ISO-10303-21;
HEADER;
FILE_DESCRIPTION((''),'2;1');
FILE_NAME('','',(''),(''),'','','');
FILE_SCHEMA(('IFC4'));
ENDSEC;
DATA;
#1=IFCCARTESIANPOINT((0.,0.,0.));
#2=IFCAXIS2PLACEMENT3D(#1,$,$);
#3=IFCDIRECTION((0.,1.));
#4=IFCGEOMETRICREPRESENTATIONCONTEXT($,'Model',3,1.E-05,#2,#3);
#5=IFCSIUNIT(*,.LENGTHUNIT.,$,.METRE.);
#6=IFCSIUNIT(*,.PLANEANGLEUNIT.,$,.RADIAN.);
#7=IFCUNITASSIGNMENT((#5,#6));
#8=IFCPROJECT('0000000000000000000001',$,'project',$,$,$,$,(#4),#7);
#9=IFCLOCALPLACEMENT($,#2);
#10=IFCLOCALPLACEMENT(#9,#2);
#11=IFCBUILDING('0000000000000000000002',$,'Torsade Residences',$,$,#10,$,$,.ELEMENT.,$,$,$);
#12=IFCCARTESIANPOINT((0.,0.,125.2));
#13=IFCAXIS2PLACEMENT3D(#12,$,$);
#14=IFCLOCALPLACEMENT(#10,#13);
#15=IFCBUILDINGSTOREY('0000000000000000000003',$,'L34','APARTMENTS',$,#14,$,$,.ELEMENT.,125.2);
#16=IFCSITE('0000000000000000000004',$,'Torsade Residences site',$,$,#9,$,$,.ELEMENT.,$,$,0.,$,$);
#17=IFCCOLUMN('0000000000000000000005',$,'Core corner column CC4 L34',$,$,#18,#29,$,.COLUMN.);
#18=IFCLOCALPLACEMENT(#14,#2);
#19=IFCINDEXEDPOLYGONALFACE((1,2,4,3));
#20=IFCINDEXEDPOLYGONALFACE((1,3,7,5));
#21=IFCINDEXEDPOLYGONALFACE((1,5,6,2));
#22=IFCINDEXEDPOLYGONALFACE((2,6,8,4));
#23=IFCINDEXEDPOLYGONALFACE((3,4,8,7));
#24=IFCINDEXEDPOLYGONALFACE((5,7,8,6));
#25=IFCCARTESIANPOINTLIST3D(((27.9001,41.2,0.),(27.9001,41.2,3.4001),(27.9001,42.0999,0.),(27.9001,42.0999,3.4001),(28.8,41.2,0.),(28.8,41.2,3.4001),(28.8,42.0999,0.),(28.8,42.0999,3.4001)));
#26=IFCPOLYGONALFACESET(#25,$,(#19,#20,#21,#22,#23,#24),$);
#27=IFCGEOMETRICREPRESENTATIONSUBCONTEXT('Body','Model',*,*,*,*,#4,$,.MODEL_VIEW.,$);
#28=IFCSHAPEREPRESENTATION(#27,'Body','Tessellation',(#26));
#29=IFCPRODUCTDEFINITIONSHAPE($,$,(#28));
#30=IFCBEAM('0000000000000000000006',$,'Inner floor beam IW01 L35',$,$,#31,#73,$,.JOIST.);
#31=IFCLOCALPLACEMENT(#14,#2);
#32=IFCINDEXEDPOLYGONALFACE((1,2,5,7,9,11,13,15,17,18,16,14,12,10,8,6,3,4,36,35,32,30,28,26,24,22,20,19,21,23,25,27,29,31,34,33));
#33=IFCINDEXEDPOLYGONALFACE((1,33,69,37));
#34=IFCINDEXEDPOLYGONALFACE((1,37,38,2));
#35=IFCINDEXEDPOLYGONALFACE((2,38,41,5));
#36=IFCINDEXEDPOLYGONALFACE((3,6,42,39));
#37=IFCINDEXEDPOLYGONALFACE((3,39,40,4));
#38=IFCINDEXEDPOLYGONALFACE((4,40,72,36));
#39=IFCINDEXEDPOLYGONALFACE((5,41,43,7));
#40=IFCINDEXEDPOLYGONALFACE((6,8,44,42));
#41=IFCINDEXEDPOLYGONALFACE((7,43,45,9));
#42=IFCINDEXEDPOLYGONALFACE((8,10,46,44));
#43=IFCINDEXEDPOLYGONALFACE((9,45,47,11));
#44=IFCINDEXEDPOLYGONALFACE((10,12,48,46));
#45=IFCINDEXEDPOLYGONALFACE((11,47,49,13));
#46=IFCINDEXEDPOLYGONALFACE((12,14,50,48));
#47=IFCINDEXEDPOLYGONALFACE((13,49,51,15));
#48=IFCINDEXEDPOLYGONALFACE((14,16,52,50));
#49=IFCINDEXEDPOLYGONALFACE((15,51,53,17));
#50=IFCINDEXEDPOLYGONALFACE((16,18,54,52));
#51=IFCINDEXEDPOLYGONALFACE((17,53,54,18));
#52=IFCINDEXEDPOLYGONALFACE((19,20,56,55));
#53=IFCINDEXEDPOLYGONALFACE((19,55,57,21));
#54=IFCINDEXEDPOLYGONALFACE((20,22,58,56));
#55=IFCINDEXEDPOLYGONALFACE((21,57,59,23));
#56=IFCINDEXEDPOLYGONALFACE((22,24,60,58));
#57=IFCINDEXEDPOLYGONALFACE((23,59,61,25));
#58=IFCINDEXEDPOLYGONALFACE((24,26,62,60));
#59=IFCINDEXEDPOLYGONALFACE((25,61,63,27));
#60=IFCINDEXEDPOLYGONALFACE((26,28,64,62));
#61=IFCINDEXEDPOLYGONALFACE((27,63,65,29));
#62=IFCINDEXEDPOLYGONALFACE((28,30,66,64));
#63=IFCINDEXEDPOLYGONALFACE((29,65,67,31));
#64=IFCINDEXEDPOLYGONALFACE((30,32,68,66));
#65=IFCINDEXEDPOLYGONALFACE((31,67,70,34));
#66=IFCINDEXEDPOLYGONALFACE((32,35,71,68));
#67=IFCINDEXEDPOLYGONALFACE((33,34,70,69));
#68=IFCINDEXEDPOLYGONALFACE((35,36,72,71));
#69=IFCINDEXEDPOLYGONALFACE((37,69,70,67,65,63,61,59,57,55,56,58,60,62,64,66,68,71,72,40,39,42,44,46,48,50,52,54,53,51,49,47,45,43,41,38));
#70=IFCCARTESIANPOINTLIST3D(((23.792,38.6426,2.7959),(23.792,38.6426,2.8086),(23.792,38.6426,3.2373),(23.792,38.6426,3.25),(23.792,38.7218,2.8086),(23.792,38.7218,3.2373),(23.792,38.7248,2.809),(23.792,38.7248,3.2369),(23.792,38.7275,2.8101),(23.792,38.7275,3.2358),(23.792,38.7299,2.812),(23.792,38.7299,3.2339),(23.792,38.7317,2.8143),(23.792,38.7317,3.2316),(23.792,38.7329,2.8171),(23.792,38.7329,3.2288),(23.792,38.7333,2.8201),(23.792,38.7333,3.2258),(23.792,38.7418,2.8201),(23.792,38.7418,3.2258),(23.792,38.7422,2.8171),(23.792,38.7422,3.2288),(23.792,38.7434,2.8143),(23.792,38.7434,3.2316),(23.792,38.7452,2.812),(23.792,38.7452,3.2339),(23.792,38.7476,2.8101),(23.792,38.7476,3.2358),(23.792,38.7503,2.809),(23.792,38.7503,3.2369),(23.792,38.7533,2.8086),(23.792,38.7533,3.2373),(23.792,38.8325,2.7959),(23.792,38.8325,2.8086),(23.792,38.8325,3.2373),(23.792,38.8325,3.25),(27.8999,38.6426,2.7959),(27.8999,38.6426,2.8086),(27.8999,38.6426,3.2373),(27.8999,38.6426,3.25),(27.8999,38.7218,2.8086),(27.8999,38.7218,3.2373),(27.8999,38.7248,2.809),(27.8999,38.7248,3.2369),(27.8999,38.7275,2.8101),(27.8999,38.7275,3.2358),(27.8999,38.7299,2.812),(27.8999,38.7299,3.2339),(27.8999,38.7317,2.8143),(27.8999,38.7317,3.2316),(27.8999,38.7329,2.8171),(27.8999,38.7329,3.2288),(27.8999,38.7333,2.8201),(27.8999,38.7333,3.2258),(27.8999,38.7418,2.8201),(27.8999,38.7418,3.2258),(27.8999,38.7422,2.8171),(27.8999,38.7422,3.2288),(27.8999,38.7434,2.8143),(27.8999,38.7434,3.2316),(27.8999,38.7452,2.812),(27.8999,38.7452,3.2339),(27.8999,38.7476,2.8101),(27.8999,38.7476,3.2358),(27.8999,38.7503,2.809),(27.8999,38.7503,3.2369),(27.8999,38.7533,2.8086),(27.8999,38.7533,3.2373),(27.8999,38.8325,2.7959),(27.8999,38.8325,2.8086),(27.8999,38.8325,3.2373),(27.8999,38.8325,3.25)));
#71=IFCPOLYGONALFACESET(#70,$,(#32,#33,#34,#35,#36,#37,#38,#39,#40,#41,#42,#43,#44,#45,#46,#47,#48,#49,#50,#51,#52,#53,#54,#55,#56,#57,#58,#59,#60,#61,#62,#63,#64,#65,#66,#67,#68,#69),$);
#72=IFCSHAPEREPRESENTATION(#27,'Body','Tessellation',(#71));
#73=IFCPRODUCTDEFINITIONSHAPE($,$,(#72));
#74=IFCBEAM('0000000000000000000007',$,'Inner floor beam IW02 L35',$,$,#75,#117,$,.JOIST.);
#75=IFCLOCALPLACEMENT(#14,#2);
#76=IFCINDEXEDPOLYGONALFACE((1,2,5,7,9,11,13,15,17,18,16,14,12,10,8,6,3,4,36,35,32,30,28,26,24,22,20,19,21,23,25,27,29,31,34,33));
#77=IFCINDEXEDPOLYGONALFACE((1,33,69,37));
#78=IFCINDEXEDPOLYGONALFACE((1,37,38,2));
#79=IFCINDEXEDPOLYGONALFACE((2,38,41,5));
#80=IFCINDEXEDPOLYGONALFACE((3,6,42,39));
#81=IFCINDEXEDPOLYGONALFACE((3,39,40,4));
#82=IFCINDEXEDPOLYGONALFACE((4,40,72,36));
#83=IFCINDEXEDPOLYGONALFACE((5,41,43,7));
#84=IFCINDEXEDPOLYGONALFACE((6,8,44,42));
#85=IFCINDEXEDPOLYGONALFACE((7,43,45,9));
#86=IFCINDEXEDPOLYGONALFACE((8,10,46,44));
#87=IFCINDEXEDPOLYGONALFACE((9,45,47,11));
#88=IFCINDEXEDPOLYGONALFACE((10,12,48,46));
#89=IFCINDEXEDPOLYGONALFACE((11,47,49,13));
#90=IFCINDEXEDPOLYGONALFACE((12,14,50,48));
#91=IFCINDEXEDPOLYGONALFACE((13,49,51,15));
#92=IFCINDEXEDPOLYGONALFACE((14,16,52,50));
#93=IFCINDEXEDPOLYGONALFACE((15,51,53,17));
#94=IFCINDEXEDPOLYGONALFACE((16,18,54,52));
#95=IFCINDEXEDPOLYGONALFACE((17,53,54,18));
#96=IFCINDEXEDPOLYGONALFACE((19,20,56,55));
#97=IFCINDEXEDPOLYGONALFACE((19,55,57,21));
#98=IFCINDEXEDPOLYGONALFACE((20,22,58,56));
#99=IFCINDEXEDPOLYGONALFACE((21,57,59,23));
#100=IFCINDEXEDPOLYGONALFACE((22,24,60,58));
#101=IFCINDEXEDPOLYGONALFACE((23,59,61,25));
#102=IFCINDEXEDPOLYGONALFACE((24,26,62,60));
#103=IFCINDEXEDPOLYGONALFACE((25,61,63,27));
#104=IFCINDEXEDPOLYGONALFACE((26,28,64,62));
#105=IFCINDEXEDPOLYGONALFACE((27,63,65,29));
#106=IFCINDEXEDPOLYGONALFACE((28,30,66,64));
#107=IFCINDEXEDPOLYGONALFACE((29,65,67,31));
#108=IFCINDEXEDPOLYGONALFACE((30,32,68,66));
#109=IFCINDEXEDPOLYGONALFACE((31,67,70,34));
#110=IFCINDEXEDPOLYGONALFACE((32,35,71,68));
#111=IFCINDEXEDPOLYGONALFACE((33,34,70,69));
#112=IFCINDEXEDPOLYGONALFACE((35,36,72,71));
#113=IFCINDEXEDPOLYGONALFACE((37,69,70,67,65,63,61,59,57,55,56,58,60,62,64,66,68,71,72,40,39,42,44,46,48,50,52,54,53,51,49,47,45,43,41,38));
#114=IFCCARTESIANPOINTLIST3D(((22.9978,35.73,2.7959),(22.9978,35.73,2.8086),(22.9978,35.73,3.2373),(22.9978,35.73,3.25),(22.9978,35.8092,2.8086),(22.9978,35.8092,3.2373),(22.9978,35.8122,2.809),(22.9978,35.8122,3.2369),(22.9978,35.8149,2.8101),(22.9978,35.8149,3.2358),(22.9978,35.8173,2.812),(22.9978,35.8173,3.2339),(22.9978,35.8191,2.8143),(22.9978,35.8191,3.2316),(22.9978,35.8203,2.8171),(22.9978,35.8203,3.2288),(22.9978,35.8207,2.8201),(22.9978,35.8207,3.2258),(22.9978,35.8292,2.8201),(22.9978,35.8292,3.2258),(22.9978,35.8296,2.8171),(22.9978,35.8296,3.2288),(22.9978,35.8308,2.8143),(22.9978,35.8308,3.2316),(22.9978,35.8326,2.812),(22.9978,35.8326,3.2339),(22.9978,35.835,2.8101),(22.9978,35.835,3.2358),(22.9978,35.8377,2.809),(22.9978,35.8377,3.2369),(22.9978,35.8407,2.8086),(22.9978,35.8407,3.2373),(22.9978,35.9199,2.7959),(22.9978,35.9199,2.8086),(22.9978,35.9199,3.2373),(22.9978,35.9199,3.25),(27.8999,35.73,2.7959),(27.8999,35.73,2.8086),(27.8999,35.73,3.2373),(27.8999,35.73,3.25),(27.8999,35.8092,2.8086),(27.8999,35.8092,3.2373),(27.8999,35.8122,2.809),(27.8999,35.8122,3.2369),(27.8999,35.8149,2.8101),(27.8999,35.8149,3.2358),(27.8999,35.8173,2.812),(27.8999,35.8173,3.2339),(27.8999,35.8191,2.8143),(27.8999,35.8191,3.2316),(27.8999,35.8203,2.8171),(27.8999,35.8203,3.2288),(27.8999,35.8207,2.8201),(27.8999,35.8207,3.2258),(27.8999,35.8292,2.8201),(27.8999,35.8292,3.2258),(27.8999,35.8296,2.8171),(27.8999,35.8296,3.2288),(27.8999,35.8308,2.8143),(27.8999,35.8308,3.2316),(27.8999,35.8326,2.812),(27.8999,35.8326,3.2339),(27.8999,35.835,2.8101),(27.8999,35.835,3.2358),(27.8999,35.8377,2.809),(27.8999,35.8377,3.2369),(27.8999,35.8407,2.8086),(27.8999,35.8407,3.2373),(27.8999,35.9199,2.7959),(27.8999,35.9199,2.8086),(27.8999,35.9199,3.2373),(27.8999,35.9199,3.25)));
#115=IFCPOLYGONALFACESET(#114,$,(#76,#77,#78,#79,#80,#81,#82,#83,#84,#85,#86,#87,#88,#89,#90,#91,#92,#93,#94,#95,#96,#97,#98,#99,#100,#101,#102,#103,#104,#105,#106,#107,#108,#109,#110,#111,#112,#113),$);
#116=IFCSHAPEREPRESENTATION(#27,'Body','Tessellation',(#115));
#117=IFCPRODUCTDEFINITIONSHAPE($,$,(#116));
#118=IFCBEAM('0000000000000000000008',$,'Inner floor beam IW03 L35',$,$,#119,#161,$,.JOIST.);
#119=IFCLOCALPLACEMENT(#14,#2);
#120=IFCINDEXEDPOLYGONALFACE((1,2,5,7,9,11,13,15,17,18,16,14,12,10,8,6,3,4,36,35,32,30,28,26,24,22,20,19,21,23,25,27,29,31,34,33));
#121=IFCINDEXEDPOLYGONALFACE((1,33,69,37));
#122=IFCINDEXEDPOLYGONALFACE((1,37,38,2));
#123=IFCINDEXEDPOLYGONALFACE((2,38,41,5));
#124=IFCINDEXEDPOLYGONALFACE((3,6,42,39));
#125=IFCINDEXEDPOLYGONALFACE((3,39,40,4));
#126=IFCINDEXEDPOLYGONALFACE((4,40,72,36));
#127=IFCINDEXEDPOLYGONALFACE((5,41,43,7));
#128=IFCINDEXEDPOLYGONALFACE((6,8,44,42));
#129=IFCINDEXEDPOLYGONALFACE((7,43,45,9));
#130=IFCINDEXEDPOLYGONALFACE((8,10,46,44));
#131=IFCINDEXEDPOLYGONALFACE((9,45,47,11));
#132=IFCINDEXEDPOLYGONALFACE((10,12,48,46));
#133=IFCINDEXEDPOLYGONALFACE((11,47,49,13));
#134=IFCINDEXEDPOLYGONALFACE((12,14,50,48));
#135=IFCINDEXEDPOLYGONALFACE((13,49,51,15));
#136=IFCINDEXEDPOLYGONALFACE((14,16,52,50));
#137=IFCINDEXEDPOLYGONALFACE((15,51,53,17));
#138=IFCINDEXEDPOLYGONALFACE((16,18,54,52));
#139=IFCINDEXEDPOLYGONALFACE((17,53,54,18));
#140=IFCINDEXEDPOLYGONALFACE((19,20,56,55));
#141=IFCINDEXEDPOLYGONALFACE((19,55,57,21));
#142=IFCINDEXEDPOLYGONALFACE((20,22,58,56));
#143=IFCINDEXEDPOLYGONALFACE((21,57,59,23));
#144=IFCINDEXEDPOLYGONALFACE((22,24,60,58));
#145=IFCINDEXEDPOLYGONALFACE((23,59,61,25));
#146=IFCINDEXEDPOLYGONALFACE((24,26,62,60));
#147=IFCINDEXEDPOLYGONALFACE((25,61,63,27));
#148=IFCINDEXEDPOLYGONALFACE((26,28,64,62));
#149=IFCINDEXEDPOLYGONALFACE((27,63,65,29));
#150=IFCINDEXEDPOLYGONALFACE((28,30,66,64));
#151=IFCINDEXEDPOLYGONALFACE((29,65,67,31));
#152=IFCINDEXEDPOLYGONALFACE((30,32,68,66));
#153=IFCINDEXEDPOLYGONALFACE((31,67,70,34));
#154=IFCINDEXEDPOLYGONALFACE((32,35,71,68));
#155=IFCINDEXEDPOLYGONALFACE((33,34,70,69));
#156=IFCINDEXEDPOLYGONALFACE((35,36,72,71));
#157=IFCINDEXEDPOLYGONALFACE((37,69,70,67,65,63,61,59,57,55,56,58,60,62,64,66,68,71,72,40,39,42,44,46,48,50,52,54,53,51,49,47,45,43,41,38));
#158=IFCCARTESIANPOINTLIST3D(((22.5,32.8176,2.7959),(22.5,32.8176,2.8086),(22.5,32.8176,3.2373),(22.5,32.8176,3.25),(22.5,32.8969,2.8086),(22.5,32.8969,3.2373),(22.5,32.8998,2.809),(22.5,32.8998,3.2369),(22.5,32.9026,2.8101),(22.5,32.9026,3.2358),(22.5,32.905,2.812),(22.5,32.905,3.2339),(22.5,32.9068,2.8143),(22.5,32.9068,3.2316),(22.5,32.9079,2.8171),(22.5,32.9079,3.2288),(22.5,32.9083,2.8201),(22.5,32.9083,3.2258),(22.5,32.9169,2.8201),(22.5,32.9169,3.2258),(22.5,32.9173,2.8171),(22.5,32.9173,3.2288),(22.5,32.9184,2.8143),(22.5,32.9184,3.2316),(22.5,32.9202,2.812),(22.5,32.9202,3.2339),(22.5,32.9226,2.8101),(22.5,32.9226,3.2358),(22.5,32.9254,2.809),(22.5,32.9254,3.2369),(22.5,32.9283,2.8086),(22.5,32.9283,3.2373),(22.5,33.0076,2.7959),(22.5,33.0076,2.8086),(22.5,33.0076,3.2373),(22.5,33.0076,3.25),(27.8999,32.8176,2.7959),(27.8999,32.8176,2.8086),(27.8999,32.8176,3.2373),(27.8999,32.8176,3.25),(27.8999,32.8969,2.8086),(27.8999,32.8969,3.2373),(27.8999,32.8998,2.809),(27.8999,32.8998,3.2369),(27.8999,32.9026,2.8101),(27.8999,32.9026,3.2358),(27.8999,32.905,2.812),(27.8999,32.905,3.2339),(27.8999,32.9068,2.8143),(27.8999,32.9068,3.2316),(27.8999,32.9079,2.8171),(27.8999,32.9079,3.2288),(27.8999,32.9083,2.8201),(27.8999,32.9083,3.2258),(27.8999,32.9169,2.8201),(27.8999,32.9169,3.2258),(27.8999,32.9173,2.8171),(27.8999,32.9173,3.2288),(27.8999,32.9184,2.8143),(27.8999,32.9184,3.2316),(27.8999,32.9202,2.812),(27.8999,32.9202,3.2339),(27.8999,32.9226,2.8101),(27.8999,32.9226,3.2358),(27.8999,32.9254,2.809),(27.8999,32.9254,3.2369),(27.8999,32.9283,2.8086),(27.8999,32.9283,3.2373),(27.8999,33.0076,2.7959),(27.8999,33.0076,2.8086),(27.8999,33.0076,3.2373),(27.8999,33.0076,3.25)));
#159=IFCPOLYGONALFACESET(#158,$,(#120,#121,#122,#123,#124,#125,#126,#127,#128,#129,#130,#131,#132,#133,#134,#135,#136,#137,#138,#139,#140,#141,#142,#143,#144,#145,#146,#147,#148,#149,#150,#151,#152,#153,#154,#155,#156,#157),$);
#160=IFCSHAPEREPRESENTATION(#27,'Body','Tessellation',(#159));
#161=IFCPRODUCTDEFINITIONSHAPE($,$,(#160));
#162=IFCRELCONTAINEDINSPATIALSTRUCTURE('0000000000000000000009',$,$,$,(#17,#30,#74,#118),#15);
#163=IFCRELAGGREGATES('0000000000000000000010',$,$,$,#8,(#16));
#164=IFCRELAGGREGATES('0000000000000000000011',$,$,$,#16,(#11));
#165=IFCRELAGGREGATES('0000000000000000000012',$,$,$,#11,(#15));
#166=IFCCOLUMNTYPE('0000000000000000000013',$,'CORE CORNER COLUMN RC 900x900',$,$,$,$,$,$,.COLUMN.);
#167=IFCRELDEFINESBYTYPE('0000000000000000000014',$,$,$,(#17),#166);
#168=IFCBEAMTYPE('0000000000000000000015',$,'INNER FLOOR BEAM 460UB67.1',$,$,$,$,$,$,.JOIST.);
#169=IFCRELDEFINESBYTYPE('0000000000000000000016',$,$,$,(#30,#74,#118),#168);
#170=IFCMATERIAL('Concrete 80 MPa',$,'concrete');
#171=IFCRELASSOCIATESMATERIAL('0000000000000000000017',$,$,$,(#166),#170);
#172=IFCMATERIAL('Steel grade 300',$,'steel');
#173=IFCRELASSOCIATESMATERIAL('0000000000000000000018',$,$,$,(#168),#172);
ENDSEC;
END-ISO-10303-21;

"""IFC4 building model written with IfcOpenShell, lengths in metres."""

from ifc_helpers import new_model, si_unit, direction, frame, origin, origin_2d, place, context, subcontext, project, spatial, rectangle, i_section, extrude, material, material_profile, profile_set, type_object, element, save


model = new_model("IFC4")

# Units and contexts
model_context = context("Model", 3, precision=1e-05, world=origin(), true_north=direction((0.0, 1.0)))
body_context = subcontext(model_context, "Body", "Model", "MODEL_VIEW")
ifc_project = project(units=[si_unit("LENGTHUNIT", "METRE"), si_unit("PLANEANGLEUNIT", "RADIAN")], contexts=[model_context])

# Site, building, storey
site_placement = place(None, origin())
site = spatial("IfcSite", under=ifc_project, at=site_placement, Name="Torsade Residences site", CompositionType="ELEMENT", RefElevation=0.0)
building_placement = place(site_placement, origin())
building = spatial("IfcBuilding", under=site, at=building_placement, Name="Torsade Residences", CompositionType="ELEMENT")
storey_placement = place(building_placement, frame((0.0, 0.0, 125.2)))
storey = spatial("IfcBuildingStorey", under=building, at=storey_placement, Name="L34", Description="APARTMENTS", CompositionType="ELEMENT", Elevation=125.2)

# Column
ifc_material_1 = material(Name="Concrete 80 MPa", Category="concrete")
ifc_material_profile_1 = material_profile(ifc_material_1, rectangle(XDim=0.8999, YDim=0.8999, at=origin_2d()), Name="RC 900x900")
ifc_profile_set_1 = profile_set([ifc_material_profile_1], Name="Concrete 80 MPa")
column_type = type_object("IfcColumnType", Name="CORE CORNER COLUMN RC 900x900", PredefinedType="COLUMN", material=ifc_profile_set_1)
column_placement = place(storey_placement, frame((28.3501, 41.6499, 0.0), z_axis=(0.0, 0.0, 1.0), x_axis=(1.0, 0.0, 0.0)))
element("IfcColumn", 1, at=column_placement, inside=storey, type_object=column_type, Name="Core corner column CC4 L34", PredefinedType="COLUMN", context=body_context, shape_type="SweptSolid", body=[
    extrude(rectangle(XDim=0.8999, YDim=0.8999, at=origin_2d()), origin(), (0.0, 0.0, 1.0), 3.4001),
])

# Beams
ifc_material_2 = material(Name="Steel grade 300", Category="steel")
ifc_material_profile_2 = material_profile(ifc_material_2, i_section(OverallWidth=0.1899, OverallDepth=0.4541, WebThickness=0.0085, FlangeThickness=0.0127, FilletRadius=0.0115, at=origin_2d()), Name="460UB67.1")
ifc_profile_set_2 = profile_set([ifc_material_profile_2], Name="Steel grade 300")
beam_type_1 = type_object("IfcBeamType", Name="INNER FLOOR BEAM 460UB67.1", PredefinedType="JOIST", material=ifc_profile_set_2)
beam_1_placement = place(storey_placement, frame((27.8999, 38.7375, 3.0229), z_axis=(-1.0, 0.0, 0.0), x_axis=(0.0, -1.0, 0.0)))
element("IfcBeam", 2, at=beam_1_placement, inside=storey, type_object=beam_type_1, Name="Inner floor beam IW01 L35", PredefinedType="JOIST", context=body_context, shape_type="SweptSolid", body=[
    extrude(i_section(OverallWidth=0.1899, OverallDepth=0.4541, WebThickness=0.0085, FlangeThickness=0.0127, FilletRadius=0.0115, at=origin_2d()), origin(), (0.0, 0.0, 1.0), 4.1079),
])
beam_2_placement = place(storey_placement, frame((27.8999, 35.825, 3.0229), z_axis=(-1.0, 0.0, 0.0), x_axis=(0.0, -1.0, 0.0)))
element("IfcBeam", 3, at=beam_2_placement, inside=storey, type_object=beam_type_1, Name="Inner floor beam IW02 L35", PredefinedType="JOIST", context=body_context, shape_type="SweptSolid", body=[
    extrude(i_section(OverallWidth=0.1899, OverallDepth=0.4541, WebThickness=0.0085, FlangeThickness=0.0127, FilletRadius=0.0115, at=origin_2d()), origin(), (0.0, 0.0, 1.0), 4.9021),
])
for number, where, z_axis, x_axis, name in (
    (4, (27.8999, 32.9126, 3.0229), (-1.0, 0.0, 0.0), (0.0, -1.0, 0.0), "Inner floor beam IW03 L35"),
):
    element("IfcBeam", number, at=place(storey_placement, frame(where, z_axis=z_axis, x_axis=x_axis)), inside=storey, type_object=beam_type_1, Name=name, PredefinedType="JOIST", context=body_context, shape_type="SweptSolid", body=[
        extrude(i_section(OverallWidth=0.1899, OverallDepth=0.4541, WebThickness=0.0085, FlangeThickness=0.0127, FilletRadius=0.0115, at=origin_2d()), origin(), (0.0, 0.0, 1.0), 5.3999),
    ])

save(model, "model.ifc")
